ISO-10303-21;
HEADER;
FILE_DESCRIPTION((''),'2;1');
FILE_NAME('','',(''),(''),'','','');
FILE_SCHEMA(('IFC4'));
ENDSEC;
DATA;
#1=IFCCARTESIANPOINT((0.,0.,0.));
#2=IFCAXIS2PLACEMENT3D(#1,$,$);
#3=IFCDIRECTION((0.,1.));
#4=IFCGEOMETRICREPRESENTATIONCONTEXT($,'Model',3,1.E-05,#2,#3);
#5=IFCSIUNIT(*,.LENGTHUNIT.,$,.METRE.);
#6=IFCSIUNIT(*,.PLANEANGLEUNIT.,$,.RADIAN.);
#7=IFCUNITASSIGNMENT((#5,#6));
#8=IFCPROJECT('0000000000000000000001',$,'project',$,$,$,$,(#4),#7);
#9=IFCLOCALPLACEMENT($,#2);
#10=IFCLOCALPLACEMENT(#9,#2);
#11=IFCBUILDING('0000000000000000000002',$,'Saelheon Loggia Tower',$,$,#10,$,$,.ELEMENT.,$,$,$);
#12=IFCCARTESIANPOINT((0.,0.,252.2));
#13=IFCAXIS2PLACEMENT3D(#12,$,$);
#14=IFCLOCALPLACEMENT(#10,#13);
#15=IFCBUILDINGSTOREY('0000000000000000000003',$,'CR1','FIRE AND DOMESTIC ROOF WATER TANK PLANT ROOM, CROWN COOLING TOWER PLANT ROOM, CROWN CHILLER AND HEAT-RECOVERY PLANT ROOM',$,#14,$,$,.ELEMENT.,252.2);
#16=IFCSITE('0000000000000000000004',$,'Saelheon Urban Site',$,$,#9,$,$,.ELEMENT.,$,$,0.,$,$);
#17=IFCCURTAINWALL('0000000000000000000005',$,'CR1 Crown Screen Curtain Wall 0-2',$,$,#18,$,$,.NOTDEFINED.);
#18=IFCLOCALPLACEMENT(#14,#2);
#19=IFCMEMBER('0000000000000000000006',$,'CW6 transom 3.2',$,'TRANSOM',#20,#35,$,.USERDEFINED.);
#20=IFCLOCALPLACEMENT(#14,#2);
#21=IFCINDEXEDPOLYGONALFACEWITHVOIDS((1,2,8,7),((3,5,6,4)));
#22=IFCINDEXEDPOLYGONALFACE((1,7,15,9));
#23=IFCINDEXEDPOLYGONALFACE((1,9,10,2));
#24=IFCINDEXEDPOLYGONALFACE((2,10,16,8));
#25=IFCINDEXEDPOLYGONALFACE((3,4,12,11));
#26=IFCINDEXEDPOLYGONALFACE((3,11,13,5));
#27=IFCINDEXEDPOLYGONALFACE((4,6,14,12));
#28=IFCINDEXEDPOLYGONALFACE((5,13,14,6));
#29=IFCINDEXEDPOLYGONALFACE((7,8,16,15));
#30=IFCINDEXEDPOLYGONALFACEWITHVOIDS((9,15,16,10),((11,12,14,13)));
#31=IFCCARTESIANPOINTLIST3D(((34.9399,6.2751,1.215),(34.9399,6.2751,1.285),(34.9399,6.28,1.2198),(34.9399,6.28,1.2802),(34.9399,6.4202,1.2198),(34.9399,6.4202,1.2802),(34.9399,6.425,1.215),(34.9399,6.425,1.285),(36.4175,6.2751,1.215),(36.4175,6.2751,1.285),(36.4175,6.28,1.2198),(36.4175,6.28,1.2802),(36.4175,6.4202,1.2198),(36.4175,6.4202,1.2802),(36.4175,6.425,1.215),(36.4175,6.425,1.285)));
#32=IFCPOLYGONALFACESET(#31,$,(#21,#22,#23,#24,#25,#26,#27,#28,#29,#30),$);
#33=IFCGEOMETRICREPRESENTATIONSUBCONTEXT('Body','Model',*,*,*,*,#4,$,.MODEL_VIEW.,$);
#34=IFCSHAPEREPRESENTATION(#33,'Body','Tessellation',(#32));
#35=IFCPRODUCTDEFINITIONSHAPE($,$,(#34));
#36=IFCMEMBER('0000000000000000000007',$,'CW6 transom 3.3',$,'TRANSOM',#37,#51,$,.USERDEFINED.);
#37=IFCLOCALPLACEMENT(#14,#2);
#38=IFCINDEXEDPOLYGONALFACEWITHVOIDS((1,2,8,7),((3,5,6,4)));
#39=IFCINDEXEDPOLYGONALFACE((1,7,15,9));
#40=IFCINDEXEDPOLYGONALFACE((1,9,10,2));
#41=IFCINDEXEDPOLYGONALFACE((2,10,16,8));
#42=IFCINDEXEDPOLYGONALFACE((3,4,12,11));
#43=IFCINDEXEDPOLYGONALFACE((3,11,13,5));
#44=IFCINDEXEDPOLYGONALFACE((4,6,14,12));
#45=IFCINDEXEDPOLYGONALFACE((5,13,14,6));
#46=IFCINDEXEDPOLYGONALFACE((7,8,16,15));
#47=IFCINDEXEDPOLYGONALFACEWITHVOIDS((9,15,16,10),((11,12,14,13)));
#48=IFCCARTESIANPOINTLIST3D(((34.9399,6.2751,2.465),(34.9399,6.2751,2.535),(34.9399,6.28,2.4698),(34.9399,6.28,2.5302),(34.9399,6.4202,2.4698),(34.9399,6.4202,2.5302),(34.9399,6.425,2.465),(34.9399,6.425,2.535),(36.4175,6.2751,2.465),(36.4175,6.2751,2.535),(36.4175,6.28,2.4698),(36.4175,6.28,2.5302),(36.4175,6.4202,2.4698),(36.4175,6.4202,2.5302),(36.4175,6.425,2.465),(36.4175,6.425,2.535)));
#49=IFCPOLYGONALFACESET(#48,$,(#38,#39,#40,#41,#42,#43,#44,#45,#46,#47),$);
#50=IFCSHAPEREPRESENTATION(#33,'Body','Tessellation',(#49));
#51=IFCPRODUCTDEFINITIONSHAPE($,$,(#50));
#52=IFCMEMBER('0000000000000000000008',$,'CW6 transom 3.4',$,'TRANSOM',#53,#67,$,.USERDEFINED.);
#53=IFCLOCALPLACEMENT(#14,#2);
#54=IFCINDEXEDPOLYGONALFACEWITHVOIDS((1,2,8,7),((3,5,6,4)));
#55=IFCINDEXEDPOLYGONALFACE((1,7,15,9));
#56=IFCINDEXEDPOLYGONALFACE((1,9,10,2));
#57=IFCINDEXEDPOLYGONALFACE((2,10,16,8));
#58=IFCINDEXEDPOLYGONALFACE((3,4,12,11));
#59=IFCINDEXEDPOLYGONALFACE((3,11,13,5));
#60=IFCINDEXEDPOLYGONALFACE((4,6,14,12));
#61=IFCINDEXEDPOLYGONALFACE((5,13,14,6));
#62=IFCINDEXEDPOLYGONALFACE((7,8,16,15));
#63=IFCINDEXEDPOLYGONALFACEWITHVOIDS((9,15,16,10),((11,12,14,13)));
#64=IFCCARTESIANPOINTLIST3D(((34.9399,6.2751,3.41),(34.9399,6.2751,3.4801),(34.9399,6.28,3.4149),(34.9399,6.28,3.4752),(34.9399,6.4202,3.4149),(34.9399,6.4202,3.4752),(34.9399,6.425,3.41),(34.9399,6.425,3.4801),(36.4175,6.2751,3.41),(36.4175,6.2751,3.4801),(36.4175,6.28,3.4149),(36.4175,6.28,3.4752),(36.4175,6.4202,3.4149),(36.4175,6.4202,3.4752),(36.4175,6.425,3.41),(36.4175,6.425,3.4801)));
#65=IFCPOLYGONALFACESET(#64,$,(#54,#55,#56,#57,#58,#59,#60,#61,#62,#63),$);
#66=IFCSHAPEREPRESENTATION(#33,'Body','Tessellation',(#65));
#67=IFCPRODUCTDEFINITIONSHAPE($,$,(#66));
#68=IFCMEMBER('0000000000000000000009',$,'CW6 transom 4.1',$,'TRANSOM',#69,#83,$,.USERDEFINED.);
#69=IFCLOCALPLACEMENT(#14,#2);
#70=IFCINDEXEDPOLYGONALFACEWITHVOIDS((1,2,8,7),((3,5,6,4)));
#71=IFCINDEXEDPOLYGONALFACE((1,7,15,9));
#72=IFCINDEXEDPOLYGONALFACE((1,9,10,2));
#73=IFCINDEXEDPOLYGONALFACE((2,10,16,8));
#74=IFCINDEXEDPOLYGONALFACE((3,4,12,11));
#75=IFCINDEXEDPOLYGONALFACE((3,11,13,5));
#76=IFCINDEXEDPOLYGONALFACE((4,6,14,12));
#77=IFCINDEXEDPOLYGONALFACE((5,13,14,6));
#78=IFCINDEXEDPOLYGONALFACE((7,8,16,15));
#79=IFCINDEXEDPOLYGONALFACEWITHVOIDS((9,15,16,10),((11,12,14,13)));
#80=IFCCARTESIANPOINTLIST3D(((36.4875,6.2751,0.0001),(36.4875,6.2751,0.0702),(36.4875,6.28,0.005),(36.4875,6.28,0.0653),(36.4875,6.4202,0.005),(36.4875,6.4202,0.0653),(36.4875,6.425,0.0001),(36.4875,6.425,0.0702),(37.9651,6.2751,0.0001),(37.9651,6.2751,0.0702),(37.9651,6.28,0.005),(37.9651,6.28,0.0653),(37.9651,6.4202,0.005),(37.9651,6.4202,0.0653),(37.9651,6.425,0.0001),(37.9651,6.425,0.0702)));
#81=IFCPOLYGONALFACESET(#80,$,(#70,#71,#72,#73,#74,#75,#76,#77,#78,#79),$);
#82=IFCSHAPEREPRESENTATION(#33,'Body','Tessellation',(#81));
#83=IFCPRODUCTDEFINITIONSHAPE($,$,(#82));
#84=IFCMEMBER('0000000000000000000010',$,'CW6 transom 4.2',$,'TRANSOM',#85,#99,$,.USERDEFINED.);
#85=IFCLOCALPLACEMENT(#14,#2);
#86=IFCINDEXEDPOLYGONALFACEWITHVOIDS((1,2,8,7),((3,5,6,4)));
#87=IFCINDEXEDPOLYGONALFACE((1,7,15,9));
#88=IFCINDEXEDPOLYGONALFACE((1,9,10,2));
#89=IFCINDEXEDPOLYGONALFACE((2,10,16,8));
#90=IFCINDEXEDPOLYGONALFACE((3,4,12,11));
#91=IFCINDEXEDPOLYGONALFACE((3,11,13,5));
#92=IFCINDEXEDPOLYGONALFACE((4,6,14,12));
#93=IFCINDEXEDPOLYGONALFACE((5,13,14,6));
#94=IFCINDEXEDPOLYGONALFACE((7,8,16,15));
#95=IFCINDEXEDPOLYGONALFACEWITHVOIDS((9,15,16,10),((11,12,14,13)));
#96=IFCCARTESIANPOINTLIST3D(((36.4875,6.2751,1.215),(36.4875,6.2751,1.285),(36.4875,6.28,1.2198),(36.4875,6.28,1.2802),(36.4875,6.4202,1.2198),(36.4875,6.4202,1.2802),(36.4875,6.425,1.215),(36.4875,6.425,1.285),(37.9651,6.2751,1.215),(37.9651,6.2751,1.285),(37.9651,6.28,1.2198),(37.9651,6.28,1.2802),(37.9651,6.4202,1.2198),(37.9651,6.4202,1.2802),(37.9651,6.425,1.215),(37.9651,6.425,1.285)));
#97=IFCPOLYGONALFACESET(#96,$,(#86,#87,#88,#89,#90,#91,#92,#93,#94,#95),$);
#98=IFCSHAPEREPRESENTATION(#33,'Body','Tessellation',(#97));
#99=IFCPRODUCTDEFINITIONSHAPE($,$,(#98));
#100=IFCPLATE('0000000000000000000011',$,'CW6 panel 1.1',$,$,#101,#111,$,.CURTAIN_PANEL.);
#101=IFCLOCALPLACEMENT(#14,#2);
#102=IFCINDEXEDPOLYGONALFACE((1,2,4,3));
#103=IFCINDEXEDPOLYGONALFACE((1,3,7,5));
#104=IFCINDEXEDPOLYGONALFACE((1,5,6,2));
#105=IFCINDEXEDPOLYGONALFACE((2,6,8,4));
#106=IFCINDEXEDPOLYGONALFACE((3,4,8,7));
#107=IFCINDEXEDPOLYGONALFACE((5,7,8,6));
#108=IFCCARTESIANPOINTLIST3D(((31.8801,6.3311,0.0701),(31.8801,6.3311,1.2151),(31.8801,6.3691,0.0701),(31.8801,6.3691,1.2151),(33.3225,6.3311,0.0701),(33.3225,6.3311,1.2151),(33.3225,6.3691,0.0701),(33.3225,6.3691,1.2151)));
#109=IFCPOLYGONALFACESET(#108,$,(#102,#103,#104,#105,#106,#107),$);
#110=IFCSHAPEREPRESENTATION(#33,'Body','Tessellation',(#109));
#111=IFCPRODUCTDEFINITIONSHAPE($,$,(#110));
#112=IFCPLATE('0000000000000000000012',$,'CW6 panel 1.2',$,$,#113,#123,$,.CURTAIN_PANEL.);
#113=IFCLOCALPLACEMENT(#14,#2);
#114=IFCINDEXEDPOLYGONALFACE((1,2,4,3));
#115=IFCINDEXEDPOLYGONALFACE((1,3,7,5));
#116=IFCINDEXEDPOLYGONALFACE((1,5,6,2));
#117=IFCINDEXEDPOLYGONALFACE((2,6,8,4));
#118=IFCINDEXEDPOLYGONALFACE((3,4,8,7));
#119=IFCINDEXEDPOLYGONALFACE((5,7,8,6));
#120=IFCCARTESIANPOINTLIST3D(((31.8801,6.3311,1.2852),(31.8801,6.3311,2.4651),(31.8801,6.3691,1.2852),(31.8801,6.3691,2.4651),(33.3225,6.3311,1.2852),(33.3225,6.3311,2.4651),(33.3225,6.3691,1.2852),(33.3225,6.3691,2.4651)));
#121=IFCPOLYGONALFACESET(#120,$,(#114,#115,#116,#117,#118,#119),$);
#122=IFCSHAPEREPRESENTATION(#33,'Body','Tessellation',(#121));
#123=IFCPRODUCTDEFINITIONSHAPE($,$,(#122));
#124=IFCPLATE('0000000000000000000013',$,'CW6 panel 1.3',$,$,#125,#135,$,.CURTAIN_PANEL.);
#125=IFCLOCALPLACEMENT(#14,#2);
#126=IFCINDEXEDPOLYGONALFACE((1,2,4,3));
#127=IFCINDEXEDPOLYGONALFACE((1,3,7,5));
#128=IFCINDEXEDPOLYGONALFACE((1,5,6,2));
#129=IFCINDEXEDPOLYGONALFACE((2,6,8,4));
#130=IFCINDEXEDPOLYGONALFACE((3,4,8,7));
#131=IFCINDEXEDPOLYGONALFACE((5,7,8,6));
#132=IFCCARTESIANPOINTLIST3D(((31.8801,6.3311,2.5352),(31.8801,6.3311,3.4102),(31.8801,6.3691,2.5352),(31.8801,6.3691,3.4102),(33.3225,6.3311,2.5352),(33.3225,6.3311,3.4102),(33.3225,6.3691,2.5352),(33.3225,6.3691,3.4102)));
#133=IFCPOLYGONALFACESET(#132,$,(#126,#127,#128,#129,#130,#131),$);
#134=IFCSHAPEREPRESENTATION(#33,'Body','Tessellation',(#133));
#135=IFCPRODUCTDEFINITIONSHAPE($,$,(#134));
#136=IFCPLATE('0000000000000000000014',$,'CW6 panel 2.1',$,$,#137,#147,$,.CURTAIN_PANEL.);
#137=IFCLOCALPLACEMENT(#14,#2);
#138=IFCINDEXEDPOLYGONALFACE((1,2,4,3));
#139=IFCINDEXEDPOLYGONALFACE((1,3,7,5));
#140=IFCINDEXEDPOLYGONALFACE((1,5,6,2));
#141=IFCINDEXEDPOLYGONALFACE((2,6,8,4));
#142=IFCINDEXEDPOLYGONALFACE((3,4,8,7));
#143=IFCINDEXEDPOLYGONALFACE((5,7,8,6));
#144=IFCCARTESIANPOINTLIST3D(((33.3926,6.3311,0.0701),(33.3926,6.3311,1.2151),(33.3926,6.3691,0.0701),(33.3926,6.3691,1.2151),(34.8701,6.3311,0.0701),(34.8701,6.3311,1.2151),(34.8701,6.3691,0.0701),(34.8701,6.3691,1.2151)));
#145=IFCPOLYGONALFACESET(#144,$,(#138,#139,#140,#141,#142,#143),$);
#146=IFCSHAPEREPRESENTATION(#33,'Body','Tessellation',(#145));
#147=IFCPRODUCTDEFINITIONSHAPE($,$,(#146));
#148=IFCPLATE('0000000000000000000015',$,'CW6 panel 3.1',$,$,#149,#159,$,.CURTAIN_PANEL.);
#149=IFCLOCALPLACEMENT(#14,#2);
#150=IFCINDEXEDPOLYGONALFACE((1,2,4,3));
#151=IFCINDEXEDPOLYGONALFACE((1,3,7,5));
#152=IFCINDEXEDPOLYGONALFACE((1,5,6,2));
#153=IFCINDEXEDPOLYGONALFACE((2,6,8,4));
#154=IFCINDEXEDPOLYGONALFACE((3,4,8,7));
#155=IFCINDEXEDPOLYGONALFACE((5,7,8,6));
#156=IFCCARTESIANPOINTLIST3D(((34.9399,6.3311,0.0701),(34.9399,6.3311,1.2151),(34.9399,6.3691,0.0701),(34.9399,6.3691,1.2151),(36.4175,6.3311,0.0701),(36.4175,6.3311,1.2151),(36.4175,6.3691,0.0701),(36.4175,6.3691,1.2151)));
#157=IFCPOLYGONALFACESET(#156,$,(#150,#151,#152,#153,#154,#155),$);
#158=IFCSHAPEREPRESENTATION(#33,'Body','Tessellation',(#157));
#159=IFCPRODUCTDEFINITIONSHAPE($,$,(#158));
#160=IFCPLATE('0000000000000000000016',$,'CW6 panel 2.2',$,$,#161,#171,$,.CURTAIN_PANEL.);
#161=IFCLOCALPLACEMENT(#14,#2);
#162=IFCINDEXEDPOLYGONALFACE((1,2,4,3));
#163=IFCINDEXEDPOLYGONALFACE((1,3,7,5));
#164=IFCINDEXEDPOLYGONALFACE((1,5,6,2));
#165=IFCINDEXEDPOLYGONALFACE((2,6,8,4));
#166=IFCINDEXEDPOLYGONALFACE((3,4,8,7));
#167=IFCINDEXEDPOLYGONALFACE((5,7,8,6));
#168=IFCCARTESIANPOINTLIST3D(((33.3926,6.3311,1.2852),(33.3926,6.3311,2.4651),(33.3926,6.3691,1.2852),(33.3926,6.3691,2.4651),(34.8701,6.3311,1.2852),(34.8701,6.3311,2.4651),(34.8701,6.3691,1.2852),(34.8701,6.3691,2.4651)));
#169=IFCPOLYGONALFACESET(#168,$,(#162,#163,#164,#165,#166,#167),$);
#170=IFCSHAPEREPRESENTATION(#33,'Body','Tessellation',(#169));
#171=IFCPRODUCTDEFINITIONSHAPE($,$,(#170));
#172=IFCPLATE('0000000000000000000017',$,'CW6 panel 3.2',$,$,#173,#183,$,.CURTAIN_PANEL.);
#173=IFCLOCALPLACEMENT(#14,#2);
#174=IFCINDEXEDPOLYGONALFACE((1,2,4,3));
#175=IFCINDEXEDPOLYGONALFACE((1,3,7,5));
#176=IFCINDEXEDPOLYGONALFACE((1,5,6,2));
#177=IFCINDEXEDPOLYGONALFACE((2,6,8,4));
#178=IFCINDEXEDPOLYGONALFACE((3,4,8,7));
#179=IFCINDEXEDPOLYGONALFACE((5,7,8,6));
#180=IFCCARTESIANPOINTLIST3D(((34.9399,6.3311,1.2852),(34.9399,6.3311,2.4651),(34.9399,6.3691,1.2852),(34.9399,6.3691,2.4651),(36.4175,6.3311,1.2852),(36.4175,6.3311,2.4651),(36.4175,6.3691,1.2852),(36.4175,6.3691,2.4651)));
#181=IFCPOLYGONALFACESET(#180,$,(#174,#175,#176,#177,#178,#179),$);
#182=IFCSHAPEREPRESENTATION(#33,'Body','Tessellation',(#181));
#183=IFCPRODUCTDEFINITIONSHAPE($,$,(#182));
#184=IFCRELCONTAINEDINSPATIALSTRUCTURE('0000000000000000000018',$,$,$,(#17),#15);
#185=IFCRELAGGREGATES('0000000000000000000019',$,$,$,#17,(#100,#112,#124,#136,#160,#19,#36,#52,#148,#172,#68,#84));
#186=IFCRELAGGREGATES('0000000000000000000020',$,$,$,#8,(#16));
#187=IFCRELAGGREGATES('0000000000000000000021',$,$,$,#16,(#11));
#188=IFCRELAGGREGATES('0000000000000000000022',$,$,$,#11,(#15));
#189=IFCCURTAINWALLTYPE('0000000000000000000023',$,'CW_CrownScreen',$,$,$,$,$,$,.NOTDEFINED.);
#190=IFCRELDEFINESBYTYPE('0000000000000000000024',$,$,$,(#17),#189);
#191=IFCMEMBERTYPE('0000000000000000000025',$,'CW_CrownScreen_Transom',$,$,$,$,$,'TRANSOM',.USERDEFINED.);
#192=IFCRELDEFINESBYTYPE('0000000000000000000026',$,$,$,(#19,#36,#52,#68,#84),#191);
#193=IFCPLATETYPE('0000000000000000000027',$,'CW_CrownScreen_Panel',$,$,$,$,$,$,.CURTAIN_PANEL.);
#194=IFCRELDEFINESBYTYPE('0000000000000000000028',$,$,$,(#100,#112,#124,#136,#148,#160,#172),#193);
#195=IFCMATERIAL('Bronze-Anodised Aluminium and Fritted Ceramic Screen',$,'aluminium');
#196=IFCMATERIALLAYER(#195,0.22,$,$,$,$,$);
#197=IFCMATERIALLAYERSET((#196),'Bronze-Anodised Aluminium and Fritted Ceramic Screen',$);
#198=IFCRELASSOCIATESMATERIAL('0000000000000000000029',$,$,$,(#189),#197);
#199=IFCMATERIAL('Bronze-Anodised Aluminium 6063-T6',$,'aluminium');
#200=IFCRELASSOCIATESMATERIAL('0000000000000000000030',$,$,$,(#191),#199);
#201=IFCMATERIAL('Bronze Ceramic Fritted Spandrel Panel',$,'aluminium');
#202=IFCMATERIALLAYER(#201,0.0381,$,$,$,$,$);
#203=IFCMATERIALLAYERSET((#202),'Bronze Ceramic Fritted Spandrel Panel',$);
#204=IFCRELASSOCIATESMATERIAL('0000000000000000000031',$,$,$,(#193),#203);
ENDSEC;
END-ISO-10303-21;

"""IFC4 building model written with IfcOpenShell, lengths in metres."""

from ifc_helpers import new_model, si_unit, direction, frame, origin, origin_2d, place, context, subcontext, project, spatial, rectangle, hollow_rectangle, extrude, source, transform, mapped, material, layer, layer_set, material_profile, profile_set, type_object, element, aggregate, save


model = new_model("IFC4")

# Units and contexts
model_context = context("Model", 3, precision=1e-05, world=origin(), true_north=direction((0.0, 1.0)))
body_context = subcontext(model_context, "Body", "Model", "MODEL_VIEW")
ifc_project = project(units=[si_unit("LENGTHUNIT", "METRE"), si_unit("PLANEANGLEUNIT", "RADIAN")], contexts=[model_context])

# Site, building, storey
site_placement = place(None, origin())
site = spatial("IfcSite", under=ifc_project, at=site_placement, Name="Saelheon Urban Site", CompositionType="ELEMENT", RefElevation=0.0)
building_placement = place(site_placement, origin())
building = spatial("IfcBuilding", under=site, at=building_placement, Name="Saelheon Loggia Tower", CompositionType="ELEMENT")
storey_placement = place(building_placement, frame((0.0, 0.0, 252.2)))
storey = spatial("IfcBuildingStorey", under=building, at=storey_placement, Name="CR1", Description="FIRE AND DOMESTIC ROOF WATER TANK PLANT ROOM, CROWN COOLING TOWER PLANT ROOM, CROWN CHILLER AND HEAT-RECOVERY PLANT ROOM", CompositionType="ELEMENT", Elevation=252.2)

# Curtain wall, members, plates
ifc_material_1 = material(Name="Bronze-Anodised Aluminium and Fritted Ceramic Screen", Category="aluminium")
ifc_layer_1 = layer(ifc_material_1, 0.22)
ifc_layer_set_1 = layer_set([ifc_layer_1], Name="Bronze-Anodised Aluminium and Fritted Ceramic Screen")
curtain_wall_type = type_object("IfcCurtainWallType", Name="CW_CrownScreen", PredefinedType="NOTDEFINED", material=ifc_layer_set_1)
curtain_wall_placement = place(storey_placement, origin())
curtain_wall = element("IfcCurtainWall", 1, at=curtain_wall_placement, inside=storey, type_object=curtain_wall_type, Name="CR1 Crown Screen Curtain Wall 0-2", PredefinedType="NOTDEFINED")
ifc_material_2 = material(Name="Bronze-Anodised Aluminium 6063-T6", Category="aluminium")
ifc_material_profile_1 = material_profile(ifc_material_2, hollow_rectangle(XDim=0.0701, YDim=0.1499, WallThickness=0.0049, at=origin_2d()), Name="RHS-150x70x5")
ifc_profile_set_1 = profile_set([ifc_material_profile_1], Name="Bronze-Anodised Aluminium 6063-T6")
member_type_1 = type_object("IfcMemberType", Name="CW_CrownScreen_Transom", ElementType="TRANSOM", PredefinedType="USERDEFINED", material=ifc_profile_set_1)
shared_shape_1 = source(origin(), body_context, "Body", "SweptSolid", [
    extrude(hollow_rectangle(XDim=0.0701, YDim=0.1499, WallThickness=0.0049, at=origin_2d()), origin(), (0.0, 0.0, 1.0), 1.4775),
])
member_1_placement = place(storey_placement, frame((34.9399, 6.3501, 1.25), z_axis=(1.0, 0.0, 0.0), x_axis=(0.0, 0.0, 1.0)))
member_1 = element("IfcMember", 2, at=member_1_placement, type_object=member_type_1, Name="CW6 transom 3.2", ObjectType="TRANSOM", PredefinedType="USERDEFINED", context=body_context, shape_type="MappedRepresentation", body=[
    mapped(shared_shape_1, transform((0.0, 0.0, 0.0), scale=1.0)),
])
member_2_placement = place(storey_placement, frame((34.9399, 6.3501, 2.5), z_axis=(1.0, 0.0, 0.0), x_axis=(0.0, 0.0, 1.0)))
member_2 = element("IfcMember", 3, at=member_2_placement, type_object=member_type_1, Name="CW6 transom 3.3", ObjectType="TRANSOM", PredefinedType="USERDEFINED", context=body_context, shape_type="MappedRepresentation", body=[
    mapped(shared_shape_1, transform((0.0, 0.0, 0.0), scale=1.0)),
])
member_3_placement = place(storey_placement, frame((34.9399, 6.3501, 3.4451), z_axis=(1.0, 0.0, 0.0), x_axis=(0.0, 0.0, 1.0)))
member_3 = element("IfcMember", 4, at=member_3_placement, type_object=member_type_1, Name="CW6 transom 3.4", ObjectType="TRANSOM", PredefinedType="USERDEFINED", context=body_context, shape_type="MappedRepresentation", body=[
    mapped(shared_shape_1, transform((0.0, 0.0, 0.0), scale=1.0)),
])
member_4_placement = place(storey_placement, frame((36.4875, 6.3501, 0.0352), z_axis=(1.0, 0.0, 0.0), x_axis=(0.0, 0.0, 1.0)))
member_4 = element("IfcMember", 5, at=member_4_placement, type_object=member_type_1, Name="CW6 transom 4.1", ObjectType="TRANSOM", PredefinedType="USERDEFINED", context=body_context, shape_type="MappedRepresentation", body=[
    mapped(shared_shape_1, transform((0.0, 0.0, 0.0), scale=1.0)),
])
member_5_placement = place(storey_placement, frame((36.4875, 6.3501, 1.25), z_axis=(1.0, 0.0, 0.0), x_axis=(0.0, 0.0, 1.0)))
member_5 = element("IfcMember", 6, at=member_5_placement, type_object=member_type_1, Name="CW6 transom 4.2", ObjectType="TRANSOM", PredefinedType="USERDEFINED", context=body_context, shape_type="MappedRepresentation", body=[
    mapped(shared_shape_1, transform((0.0, 0.0, 0.0), scale=1.0)),
])
ifc_material_3 = material(Name="Bronze Ceramic Fritted Spandrel Panel", Category="aluminium")
ifc_layer_2 = layer(ifc_material_3, 0.0381)
ifc_layer_set_2 = layer_set([ifc_layer_2], Name="Bronze Ceramic Fritted Spandrel Panel")
plate_type = type_object("IfcPlateType", Name="CW_CrownScreen_Panel", PredefinedType="CURTAIN_PANEL", material=ifc_layer_set_2)
shared_shape_2 = source(origin(), body_context, "Body", "SweptSolid", [
    extrude(rectangle(XDim=1.4424, YDim=0.0381, at=origin_2d()), origin(), (0.0, 0.0, 1.0), 1.145),
])
plate_1_placement = place(storey_placement, frame((32.6013, 6.3501, 0.0701), z_axis=(0.0, 0.0, 1.0), x_axis=(1.0, 0.0, 0.0)))
plate_1 = element("IfcPlate", 7, at=plate_1_placement, type_object=plate_type, Name="CW6 panel 1.1", PredefinedType="CURTAIN_PANEL", context=body_context, shape_type="MappedRepresentation", body=[
    mapped(shared_shape_2, transform((0.0, 0.0, 0.0), scale=1.0)),
])
shared_shape_3 = source(origin(), body_context, "Body", "SweptSolid", [
    extrude(rectangle(XDim=1.4424, YDim=0.0381, at=origin_2d()), origin(), (0.0, 0.0, 1.0), 1.1799),
])
plate_2_placement = place(storey_placement, frame((32.6013, 6.3501, 1.2852), z_axis=(0.0, 0.0, 1.0), x_axis=(1.0, 0.0, 0.0)))
plate_2 = element("IfcPlate", 8, at=plate_2_placement, type_object=plate_type, Name="CW6 panel 1.2", PredefinedType="CURTAIN_PANEL", context=body_context, shape_type="MappedRepresentation", body=[
    mapped(shared_shape_3, transform((0.0, 0.0, 0.0), scale=1.0)),
])
shared_shape_4 = source(origin(), body_context, "Body", "SweptSolid", [
    extrude(rectangle(XDim=1.4424, YDim=0.0381, at=origin_2d()), origin(), (0.0, 0.0, 1.0), 0.875),
])
plate_3_placement = place(storey_placement, frame((32.6013, 6.3501, 2.5352), z_axis=(0.0, 0.0, 1.0), x_axis=(1.0, 0.0, 0.0)))
plate_3 = element("IfcPlate", 9, at=plate_3_placement, type_object=plate_type, Name="CW6 panel 1.3", PredefinedType="CURTAIN_PANEL", context=body_context, shape_type="MappedRepresentation", body=[
    mapped(shared_shape_4, transform((0.0, 0.0, 0.0), scale=1.0)),
])
shared_shape_5 = source(origin(), body_context, "Body", "SweptSolid", [
    extrude(rectangle(XDim=1.4775, YDim=0.0381, at=origin_2d()), origin(), (0.0, 0.0, 1.0), 1.145),
])
plate_4_placement = place(storey_placement, frame((34.1313, 6.3501, 0.0701), z_axis=(0.0, 0.0, 1.0), x_axis=(1.0, 0.0, 0.0)))
plate_4 = element("IfcPlate", 10, at=plate_4_placement, type_object=plate_type, Name="CW6 panel 2.1", PredefinedType="CURTAIN_PANEL", context=body_context, shape_type="MappedRepresentation", body=[
    mapped(shared_shape_5, transform((0.0, 0.0, 0.0), scale=1.0)),
])
plate_5_placement = place(storey_placement, frame((35.6787, 6.3501, 0.0701), z_axis=(0.0, 0.0, 1.0), x_axis=(1.0, 0.0, 0.0)))
plate_5 = element("IfcPlate", 11, at=plate_5_placement, type_object=plate_type, Name="CW6 panel 3.1", PredefinedType="CURTAIN_PANEL", context=body_context, shape_type="MappedRepresentation", body=[
    mapped(shared_shape_5, transform((0.0, 0.0, 0.0), scale=1.0)),
])
shared_shape_6 = source(origin(), body_context, "Body", "SweptSolid", [
    extrude(rectangle(XDim=1.4775, YDim=0.0381, at=origin_2d()), origin(), (0.0, 0.0, 1.0), 1.1799),
])
plate_6_placement = place(storey_placement, frame((34.1313, 6.3501, 1.2852), z_axis=(0.0, 0.0, 1.0), x_axis=(1.0, 0.0, 0.0)))
plate_6 = element("IfcPlate", 12, at=plate_6_placement, type_object=plate_type, Name="CW6 panel 2.2", PredefinedType="CURTAIN_PANEL", context=body_context, shape_type="MappedRepresentation", body=[
    mapped(shared_shape_6, transform((0.0, 0.0, 0.0), scale=1.0)),
])
plate_7_placement = place(storey_placement, frame((35.6787, 6.3501, 1.2852), z_axis=(0.0, 0.0, 1.0), x_axis=(1.0, 0.0, 0.0)))
plate_7 = element("IfcPlate", 13, at=plate_7_placement, type_object=plate_type, Name="CW6 panel 3.2", PredefinedType="CURTAIN_PANEL", context=body_context, shape_type="MappedRepresentation", body=[
    mapped(shared_shape_6, transform((0.0, 0.0, 0.0), scale=1.0)),
])
aggregate(curtain_wall, [plate_1, plate_2, plate_3, plate_4, plate_6, member_1, member_2, member_3, plate_5, plate_7, member_4, member_5])

save(model, "model.ifc")
